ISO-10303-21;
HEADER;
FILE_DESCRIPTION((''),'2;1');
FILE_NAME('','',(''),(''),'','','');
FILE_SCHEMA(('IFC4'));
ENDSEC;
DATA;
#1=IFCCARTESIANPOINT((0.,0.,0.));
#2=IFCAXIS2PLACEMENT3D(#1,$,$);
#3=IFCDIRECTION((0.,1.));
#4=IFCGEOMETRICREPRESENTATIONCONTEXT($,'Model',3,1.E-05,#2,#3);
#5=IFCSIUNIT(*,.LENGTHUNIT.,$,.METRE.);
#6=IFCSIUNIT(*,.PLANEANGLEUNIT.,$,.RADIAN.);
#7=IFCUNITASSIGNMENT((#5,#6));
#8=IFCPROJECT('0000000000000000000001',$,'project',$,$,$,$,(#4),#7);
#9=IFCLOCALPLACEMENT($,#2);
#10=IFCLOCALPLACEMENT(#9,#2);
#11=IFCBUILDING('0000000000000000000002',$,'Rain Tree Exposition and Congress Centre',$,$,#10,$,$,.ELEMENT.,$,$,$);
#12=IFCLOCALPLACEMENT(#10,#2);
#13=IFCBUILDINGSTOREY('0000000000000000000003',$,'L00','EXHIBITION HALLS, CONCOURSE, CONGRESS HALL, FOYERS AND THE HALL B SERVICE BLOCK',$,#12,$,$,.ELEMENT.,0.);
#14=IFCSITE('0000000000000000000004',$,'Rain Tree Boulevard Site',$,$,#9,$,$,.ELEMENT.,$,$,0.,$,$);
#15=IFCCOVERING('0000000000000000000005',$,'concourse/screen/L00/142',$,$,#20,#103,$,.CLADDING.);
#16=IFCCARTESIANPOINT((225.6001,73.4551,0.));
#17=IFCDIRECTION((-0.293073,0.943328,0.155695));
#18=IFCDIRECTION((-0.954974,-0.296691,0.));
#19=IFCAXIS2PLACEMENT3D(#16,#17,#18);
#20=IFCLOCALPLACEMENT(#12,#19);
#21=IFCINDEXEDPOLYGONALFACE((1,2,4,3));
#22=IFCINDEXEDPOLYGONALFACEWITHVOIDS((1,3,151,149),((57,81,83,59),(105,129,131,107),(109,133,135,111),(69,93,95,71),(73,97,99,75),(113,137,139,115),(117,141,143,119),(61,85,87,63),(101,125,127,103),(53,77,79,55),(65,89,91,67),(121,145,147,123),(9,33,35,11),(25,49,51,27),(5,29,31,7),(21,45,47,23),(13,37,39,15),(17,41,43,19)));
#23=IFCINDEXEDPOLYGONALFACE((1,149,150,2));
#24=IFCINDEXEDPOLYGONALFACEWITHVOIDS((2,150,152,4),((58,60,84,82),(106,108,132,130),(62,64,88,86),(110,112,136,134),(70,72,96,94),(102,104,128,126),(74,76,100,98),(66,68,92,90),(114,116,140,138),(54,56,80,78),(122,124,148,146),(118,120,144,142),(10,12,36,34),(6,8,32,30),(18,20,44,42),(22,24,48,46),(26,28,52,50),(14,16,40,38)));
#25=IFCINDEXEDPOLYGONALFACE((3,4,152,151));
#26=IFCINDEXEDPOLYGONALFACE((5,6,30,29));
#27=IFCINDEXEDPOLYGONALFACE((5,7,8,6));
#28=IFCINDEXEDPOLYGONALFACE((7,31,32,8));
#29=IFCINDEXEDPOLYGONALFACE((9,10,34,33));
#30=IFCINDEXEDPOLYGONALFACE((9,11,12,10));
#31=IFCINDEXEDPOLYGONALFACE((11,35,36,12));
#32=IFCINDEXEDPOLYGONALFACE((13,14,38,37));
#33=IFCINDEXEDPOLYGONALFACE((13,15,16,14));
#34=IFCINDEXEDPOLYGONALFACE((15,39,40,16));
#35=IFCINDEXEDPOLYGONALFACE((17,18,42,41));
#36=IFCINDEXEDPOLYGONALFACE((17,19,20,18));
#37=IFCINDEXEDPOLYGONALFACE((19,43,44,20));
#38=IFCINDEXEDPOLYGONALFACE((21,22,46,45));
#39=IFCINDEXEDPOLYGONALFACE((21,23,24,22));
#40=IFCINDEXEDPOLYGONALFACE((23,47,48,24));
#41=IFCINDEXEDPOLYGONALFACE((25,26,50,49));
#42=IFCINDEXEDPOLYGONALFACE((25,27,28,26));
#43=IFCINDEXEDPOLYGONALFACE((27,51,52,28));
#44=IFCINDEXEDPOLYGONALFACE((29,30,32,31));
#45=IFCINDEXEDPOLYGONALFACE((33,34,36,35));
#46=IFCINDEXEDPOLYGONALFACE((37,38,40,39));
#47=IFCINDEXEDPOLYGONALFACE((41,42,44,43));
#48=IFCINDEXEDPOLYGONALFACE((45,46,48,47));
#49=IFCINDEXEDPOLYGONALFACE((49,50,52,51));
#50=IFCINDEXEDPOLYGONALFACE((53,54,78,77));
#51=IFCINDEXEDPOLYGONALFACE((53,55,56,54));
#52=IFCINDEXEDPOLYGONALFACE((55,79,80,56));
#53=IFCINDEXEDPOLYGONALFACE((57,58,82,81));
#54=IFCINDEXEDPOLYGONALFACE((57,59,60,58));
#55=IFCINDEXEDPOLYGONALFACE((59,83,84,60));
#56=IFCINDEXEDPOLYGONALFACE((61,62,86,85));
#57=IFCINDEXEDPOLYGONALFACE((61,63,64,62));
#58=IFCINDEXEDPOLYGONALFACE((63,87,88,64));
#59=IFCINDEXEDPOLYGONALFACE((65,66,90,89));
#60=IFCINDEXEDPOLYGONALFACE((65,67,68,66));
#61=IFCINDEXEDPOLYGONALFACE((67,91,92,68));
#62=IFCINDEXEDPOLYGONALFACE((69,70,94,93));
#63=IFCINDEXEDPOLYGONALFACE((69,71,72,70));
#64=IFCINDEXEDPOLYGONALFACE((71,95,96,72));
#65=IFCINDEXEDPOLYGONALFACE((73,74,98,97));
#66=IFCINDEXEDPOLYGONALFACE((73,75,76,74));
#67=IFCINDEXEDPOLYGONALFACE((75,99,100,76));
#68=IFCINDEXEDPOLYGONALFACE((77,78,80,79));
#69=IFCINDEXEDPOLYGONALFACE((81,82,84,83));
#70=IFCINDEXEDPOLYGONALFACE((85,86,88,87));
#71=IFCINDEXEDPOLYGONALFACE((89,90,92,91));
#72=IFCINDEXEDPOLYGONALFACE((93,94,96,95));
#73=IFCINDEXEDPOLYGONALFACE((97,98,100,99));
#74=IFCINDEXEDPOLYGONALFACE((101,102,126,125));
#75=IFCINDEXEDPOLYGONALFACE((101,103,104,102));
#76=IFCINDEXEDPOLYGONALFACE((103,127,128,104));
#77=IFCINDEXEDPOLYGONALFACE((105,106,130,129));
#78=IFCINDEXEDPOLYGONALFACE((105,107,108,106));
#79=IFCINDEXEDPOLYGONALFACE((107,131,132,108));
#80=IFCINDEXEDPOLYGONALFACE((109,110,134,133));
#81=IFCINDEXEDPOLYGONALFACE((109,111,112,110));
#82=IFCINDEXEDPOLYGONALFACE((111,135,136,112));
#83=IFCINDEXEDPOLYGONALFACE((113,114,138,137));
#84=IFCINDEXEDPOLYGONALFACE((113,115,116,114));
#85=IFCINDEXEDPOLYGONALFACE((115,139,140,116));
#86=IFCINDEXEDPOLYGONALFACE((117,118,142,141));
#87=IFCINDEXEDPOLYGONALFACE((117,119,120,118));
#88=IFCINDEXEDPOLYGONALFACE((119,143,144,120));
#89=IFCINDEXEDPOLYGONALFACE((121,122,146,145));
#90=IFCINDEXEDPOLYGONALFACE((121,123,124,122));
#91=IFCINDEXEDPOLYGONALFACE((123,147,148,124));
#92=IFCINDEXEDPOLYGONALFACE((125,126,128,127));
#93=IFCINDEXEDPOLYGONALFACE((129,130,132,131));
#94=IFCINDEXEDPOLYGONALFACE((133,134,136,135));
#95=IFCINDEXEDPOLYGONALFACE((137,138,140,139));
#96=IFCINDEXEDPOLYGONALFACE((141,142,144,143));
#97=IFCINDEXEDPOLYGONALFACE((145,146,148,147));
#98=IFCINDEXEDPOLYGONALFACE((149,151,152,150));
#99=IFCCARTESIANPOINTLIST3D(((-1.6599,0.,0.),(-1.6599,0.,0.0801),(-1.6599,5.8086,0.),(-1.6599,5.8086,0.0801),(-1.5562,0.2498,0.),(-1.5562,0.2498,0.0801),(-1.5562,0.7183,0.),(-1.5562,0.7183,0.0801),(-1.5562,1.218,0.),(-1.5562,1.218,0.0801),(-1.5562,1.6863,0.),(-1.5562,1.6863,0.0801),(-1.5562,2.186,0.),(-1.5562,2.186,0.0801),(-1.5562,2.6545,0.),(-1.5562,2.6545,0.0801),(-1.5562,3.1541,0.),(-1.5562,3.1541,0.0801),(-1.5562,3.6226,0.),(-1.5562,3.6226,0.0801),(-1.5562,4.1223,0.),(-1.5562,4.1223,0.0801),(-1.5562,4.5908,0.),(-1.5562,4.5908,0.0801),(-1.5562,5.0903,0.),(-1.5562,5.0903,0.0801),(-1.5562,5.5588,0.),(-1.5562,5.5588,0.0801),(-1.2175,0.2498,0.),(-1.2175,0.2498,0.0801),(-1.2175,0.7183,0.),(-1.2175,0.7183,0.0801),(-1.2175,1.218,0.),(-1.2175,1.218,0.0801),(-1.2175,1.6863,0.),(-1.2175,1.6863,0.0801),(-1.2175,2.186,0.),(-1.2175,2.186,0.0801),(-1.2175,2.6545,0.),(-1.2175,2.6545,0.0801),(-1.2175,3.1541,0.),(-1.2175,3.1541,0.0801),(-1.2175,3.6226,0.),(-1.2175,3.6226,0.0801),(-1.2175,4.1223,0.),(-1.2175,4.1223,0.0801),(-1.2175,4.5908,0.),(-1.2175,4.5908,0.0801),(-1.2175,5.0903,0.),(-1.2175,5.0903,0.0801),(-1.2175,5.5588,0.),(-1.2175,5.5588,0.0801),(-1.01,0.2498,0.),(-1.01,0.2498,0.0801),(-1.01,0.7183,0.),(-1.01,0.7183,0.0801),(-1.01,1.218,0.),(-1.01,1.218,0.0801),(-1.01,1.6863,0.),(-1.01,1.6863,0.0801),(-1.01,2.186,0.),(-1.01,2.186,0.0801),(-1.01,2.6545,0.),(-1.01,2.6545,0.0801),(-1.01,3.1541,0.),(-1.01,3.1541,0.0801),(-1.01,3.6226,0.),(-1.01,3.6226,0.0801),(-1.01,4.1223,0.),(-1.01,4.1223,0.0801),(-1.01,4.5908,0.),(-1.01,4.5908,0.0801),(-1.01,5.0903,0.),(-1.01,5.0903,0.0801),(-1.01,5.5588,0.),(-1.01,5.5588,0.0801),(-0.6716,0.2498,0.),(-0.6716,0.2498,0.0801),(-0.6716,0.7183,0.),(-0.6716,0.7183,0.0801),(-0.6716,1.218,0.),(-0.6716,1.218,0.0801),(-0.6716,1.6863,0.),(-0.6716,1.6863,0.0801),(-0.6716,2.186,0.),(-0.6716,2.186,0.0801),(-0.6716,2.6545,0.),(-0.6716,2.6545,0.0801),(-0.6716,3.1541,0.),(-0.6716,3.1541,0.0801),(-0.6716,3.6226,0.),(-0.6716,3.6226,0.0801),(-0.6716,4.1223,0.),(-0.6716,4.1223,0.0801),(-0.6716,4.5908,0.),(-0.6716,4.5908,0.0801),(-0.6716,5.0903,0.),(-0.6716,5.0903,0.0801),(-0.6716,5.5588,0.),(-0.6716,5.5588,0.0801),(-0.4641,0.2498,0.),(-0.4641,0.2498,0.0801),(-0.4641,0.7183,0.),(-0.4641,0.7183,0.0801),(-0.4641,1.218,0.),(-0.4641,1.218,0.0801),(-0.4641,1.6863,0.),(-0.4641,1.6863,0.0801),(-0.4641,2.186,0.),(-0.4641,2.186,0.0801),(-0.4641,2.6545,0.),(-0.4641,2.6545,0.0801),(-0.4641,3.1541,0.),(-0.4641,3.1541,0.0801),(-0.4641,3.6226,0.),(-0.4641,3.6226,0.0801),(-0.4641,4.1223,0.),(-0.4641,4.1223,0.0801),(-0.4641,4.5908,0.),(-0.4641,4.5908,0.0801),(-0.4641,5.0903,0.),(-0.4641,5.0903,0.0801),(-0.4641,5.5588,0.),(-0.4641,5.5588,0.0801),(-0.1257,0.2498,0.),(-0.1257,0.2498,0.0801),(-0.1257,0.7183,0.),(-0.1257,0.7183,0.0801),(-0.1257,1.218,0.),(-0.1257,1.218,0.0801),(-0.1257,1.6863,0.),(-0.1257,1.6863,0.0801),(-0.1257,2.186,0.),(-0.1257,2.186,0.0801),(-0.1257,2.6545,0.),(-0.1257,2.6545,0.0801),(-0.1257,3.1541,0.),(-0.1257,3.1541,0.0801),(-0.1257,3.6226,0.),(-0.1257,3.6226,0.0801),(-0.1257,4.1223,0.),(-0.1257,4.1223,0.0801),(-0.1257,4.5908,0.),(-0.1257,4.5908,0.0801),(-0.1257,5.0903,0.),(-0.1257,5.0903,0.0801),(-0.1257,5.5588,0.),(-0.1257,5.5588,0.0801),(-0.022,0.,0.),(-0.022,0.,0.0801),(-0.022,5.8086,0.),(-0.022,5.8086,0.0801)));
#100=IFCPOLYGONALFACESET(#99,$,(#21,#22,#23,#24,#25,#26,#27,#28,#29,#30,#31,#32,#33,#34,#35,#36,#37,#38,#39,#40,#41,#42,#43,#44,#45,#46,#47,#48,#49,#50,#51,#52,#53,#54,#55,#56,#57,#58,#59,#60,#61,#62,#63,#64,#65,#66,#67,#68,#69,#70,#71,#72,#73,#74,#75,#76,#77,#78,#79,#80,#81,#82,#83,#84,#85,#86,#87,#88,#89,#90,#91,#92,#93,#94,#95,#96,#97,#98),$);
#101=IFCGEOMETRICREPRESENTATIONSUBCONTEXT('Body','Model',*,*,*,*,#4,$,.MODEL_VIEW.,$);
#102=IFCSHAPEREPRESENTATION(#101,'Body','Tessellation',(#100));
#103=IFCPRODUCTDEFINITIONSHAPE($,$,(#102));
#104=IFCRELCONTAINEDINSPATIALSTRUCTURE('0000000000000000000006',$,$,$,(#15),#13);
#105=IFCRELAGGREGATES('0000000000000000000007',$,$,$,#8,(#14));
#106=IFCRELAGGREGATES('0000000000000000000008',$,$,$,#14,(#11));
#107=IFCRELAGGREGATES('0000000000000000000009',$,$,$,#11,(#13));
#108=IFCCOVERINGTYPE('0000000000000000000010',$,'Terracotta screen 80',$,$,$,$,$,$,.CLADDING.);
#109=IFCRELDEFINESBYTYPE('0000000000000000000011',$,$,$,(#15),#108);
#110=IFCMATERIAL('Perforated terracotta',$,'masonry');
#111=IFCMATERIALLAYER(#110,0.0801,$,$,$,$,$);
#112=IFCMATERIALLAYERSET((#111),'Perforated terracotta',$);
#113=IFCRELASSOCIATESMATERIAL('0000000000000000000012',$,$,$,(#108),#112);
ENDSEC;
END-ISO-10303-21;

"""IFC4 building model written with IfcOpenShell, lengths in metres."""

from ifc_helpers import new_model, si_unit, direction, frame, origin, place, context, subcontext, project, spatial, polyline, outline, extrude, material, layer, layer_set, type_object, element, save


model = new_model("IFC4")

# Units and contexts
model_context = context("Model", 3, precision=1e-05, world=origin(), true_north=direction((0.0, 1.0)))
body_context = subcontext(model_context, "Body", "Model", "MODEL_VIEW")
ifc_project = project(units=[si_unit("LENGTHUNIT", "METRE"), si_unit("PLANEANGLEUNIT", "RADIAN")], contexts=[model_context])

# Site, building, storey
site_placement = place(None, origin())
site = spatial("IfcSite", under=ifc_project, at=site_placement, Name="Rain Tree Boulevard Site", CompositionType="ELEMENT", RefElevation=0.0)
building_placement = place(site_placement, origin())
building = spatial("IfcBuilding", under=site, at=building_placement, Name="Rain Tree Exposition and Congress Centre", CompositionType="ELEMENT")
storey_placement = place(building_placement, origin())
storey = spatial("IfcBuildingStorey", under=building, at=storey_placement, Name="L00", Description="EXHIBITION HALLS, CONCOURSE, CONGRESS HALL, FOYERS AND THE HALL B SERVICE BLOCK", CompositionType="ELEMENT", Elevation=0.0)

# Covering
ifc_material_1 = material(Name="Perforated terracotta", Category="masonry")
ifc_layer_1 = layer(ifc_material_1, 0.0801)
ifc_layer_set_1 = layer_set([ifc_layer_1], Name="Perforated terracotta")
covering_type = type_object("IfcCoveringType", Name="Terracotta screen 80", PredefinedType="CLADDING", material=ifc_layer_set_1)
covering_1_placement = place(storey_placement, frame((225.6001, 73.4551, 0.0), z_axis=(-0.293073, 0.943328, 0.155695), x_axis=(-0.954974, -0.296691, 0.0)))
element("IfcCovering", 1, at=covering_1_placement, inside=storey, type_object=covering_type, Name="concourse/screen/L00/142", PredefinedType="CLADDING", context=body_context, shape_type="SweptSolid", body=[
    extrude(outline(polyline([(-0.022, 0.0), (-1.6599, 0.0), (-1.6599, 5.8086), (-0.022, 5.8086), (-0.022, 0.0)]), holes=[polyline([(-0.1257, 0.2498), (-0.1257, 0.7183), (-0.4641, 0.7183), (-0.4641, 0.2498), (-0.1257, 0.2498)]), polyline([(-0.1257, 1.218), (-0.1257, 1.6863), (-0.4641, 1.6863), (-0.4641, 1.218), (-0.1257, 1.218)]), polyline([(-0.1257, 2.186), (-0.1257, 2.6545), (-0.4641, 2.6545), (-0.4641, 2.186), (-0.1257, 2.186)]), polyline([(-0.1257, 3.1541), (-0.1257, 3.6226), (-0.4641, 3.6226), (-0.4641, 3.1541), (-0.1257, 3.1541)]), polyline([(-0.1257, 4.1223), (-0.1257, 4.5908), (-0.4641, 4.5908), (-0.4641, 4.1223), (-0.1257, 4.1223)]), polyline([(-0.1257, 5.0903), (-0.1257, 5.5588), (-0.4641, 5.5588), (-0.4641, 5.0903), (-0.1257, 5.0903)]), polyline([(-0.6716, 0.2498), (-0.6716, 0.7183), (-1.01, 0.7183), (-1.01, 0.2498), (-0.6716, 0.2498)]), polyline([(-0.6716, 1.218), (-0.6716, 1.6863), (-1.01, 1.6863), (-1.01, 1.218), (-0.6716, 1.218)]), polyline([(-0.6716, 2.186), (-0.6716, 2.6545), (-1.01, 2.6545), (-1.01, 2.186), (-0.6716, 2.186)]), polyline([(-0.6716, 3.1541), (-0.6716, 3.6226), (-1.01, 3.6226), (-1.01, 3.1541), (-0.6716, 3.1541)]), polyline([(-0.6716, 4.1223), (-0.6716, 4.5908), (-1.01, 4.5908), (-1.01, 4.1223), (-0.6716, 4.1223)]), polyline([(-0.6716, 5.0903), (-0.6716, 5.5588), (-1.01, 5.5588), (-1.01, 5.0903), (-0.6716, 5.0903)]), polyline([(-1.2175, 0.2498), (-1.2175, 0.7183), (-1.5562, 0.7183), (-1.5562, 0.2498), (-1.2175, 0.2498)]), polyline([(-1.2175, 1.218), (-1.2175, 1.6863), (-1.5562, 1.6863), (-1.5562, 1.218), (-1.2175, 1.218)]), polyline([(-1.2175, 2.186), (-1.2175, 2.6545), (-1.5562, 2.6545), (-1.5562, 2.186), (-1.2175, 2.186)]), polyline([(-1.2175, 3.1541), (-1.2175, 3.6226), (-1.5562, 3.6226), (-1.5562, 3.1541), (-1.2175, 3.1541)]), polyline([(-1.2175, 4.1223), (-1.2175, 4.5908), (-1.5562, 4.5908), (-1.5562, 4.1223), (-1.2175, 4.1223)]), polyline([(-1.2175, 5.0903), (-1.2175, 5.5588), (-1.5562, 5.5588), (-1.5562, 5.0903), (-1.2175, 5.0903)])]), origin(), (0.0, 0.0, 1.0), 0.0801),
])

save(model, "model.ifc")
